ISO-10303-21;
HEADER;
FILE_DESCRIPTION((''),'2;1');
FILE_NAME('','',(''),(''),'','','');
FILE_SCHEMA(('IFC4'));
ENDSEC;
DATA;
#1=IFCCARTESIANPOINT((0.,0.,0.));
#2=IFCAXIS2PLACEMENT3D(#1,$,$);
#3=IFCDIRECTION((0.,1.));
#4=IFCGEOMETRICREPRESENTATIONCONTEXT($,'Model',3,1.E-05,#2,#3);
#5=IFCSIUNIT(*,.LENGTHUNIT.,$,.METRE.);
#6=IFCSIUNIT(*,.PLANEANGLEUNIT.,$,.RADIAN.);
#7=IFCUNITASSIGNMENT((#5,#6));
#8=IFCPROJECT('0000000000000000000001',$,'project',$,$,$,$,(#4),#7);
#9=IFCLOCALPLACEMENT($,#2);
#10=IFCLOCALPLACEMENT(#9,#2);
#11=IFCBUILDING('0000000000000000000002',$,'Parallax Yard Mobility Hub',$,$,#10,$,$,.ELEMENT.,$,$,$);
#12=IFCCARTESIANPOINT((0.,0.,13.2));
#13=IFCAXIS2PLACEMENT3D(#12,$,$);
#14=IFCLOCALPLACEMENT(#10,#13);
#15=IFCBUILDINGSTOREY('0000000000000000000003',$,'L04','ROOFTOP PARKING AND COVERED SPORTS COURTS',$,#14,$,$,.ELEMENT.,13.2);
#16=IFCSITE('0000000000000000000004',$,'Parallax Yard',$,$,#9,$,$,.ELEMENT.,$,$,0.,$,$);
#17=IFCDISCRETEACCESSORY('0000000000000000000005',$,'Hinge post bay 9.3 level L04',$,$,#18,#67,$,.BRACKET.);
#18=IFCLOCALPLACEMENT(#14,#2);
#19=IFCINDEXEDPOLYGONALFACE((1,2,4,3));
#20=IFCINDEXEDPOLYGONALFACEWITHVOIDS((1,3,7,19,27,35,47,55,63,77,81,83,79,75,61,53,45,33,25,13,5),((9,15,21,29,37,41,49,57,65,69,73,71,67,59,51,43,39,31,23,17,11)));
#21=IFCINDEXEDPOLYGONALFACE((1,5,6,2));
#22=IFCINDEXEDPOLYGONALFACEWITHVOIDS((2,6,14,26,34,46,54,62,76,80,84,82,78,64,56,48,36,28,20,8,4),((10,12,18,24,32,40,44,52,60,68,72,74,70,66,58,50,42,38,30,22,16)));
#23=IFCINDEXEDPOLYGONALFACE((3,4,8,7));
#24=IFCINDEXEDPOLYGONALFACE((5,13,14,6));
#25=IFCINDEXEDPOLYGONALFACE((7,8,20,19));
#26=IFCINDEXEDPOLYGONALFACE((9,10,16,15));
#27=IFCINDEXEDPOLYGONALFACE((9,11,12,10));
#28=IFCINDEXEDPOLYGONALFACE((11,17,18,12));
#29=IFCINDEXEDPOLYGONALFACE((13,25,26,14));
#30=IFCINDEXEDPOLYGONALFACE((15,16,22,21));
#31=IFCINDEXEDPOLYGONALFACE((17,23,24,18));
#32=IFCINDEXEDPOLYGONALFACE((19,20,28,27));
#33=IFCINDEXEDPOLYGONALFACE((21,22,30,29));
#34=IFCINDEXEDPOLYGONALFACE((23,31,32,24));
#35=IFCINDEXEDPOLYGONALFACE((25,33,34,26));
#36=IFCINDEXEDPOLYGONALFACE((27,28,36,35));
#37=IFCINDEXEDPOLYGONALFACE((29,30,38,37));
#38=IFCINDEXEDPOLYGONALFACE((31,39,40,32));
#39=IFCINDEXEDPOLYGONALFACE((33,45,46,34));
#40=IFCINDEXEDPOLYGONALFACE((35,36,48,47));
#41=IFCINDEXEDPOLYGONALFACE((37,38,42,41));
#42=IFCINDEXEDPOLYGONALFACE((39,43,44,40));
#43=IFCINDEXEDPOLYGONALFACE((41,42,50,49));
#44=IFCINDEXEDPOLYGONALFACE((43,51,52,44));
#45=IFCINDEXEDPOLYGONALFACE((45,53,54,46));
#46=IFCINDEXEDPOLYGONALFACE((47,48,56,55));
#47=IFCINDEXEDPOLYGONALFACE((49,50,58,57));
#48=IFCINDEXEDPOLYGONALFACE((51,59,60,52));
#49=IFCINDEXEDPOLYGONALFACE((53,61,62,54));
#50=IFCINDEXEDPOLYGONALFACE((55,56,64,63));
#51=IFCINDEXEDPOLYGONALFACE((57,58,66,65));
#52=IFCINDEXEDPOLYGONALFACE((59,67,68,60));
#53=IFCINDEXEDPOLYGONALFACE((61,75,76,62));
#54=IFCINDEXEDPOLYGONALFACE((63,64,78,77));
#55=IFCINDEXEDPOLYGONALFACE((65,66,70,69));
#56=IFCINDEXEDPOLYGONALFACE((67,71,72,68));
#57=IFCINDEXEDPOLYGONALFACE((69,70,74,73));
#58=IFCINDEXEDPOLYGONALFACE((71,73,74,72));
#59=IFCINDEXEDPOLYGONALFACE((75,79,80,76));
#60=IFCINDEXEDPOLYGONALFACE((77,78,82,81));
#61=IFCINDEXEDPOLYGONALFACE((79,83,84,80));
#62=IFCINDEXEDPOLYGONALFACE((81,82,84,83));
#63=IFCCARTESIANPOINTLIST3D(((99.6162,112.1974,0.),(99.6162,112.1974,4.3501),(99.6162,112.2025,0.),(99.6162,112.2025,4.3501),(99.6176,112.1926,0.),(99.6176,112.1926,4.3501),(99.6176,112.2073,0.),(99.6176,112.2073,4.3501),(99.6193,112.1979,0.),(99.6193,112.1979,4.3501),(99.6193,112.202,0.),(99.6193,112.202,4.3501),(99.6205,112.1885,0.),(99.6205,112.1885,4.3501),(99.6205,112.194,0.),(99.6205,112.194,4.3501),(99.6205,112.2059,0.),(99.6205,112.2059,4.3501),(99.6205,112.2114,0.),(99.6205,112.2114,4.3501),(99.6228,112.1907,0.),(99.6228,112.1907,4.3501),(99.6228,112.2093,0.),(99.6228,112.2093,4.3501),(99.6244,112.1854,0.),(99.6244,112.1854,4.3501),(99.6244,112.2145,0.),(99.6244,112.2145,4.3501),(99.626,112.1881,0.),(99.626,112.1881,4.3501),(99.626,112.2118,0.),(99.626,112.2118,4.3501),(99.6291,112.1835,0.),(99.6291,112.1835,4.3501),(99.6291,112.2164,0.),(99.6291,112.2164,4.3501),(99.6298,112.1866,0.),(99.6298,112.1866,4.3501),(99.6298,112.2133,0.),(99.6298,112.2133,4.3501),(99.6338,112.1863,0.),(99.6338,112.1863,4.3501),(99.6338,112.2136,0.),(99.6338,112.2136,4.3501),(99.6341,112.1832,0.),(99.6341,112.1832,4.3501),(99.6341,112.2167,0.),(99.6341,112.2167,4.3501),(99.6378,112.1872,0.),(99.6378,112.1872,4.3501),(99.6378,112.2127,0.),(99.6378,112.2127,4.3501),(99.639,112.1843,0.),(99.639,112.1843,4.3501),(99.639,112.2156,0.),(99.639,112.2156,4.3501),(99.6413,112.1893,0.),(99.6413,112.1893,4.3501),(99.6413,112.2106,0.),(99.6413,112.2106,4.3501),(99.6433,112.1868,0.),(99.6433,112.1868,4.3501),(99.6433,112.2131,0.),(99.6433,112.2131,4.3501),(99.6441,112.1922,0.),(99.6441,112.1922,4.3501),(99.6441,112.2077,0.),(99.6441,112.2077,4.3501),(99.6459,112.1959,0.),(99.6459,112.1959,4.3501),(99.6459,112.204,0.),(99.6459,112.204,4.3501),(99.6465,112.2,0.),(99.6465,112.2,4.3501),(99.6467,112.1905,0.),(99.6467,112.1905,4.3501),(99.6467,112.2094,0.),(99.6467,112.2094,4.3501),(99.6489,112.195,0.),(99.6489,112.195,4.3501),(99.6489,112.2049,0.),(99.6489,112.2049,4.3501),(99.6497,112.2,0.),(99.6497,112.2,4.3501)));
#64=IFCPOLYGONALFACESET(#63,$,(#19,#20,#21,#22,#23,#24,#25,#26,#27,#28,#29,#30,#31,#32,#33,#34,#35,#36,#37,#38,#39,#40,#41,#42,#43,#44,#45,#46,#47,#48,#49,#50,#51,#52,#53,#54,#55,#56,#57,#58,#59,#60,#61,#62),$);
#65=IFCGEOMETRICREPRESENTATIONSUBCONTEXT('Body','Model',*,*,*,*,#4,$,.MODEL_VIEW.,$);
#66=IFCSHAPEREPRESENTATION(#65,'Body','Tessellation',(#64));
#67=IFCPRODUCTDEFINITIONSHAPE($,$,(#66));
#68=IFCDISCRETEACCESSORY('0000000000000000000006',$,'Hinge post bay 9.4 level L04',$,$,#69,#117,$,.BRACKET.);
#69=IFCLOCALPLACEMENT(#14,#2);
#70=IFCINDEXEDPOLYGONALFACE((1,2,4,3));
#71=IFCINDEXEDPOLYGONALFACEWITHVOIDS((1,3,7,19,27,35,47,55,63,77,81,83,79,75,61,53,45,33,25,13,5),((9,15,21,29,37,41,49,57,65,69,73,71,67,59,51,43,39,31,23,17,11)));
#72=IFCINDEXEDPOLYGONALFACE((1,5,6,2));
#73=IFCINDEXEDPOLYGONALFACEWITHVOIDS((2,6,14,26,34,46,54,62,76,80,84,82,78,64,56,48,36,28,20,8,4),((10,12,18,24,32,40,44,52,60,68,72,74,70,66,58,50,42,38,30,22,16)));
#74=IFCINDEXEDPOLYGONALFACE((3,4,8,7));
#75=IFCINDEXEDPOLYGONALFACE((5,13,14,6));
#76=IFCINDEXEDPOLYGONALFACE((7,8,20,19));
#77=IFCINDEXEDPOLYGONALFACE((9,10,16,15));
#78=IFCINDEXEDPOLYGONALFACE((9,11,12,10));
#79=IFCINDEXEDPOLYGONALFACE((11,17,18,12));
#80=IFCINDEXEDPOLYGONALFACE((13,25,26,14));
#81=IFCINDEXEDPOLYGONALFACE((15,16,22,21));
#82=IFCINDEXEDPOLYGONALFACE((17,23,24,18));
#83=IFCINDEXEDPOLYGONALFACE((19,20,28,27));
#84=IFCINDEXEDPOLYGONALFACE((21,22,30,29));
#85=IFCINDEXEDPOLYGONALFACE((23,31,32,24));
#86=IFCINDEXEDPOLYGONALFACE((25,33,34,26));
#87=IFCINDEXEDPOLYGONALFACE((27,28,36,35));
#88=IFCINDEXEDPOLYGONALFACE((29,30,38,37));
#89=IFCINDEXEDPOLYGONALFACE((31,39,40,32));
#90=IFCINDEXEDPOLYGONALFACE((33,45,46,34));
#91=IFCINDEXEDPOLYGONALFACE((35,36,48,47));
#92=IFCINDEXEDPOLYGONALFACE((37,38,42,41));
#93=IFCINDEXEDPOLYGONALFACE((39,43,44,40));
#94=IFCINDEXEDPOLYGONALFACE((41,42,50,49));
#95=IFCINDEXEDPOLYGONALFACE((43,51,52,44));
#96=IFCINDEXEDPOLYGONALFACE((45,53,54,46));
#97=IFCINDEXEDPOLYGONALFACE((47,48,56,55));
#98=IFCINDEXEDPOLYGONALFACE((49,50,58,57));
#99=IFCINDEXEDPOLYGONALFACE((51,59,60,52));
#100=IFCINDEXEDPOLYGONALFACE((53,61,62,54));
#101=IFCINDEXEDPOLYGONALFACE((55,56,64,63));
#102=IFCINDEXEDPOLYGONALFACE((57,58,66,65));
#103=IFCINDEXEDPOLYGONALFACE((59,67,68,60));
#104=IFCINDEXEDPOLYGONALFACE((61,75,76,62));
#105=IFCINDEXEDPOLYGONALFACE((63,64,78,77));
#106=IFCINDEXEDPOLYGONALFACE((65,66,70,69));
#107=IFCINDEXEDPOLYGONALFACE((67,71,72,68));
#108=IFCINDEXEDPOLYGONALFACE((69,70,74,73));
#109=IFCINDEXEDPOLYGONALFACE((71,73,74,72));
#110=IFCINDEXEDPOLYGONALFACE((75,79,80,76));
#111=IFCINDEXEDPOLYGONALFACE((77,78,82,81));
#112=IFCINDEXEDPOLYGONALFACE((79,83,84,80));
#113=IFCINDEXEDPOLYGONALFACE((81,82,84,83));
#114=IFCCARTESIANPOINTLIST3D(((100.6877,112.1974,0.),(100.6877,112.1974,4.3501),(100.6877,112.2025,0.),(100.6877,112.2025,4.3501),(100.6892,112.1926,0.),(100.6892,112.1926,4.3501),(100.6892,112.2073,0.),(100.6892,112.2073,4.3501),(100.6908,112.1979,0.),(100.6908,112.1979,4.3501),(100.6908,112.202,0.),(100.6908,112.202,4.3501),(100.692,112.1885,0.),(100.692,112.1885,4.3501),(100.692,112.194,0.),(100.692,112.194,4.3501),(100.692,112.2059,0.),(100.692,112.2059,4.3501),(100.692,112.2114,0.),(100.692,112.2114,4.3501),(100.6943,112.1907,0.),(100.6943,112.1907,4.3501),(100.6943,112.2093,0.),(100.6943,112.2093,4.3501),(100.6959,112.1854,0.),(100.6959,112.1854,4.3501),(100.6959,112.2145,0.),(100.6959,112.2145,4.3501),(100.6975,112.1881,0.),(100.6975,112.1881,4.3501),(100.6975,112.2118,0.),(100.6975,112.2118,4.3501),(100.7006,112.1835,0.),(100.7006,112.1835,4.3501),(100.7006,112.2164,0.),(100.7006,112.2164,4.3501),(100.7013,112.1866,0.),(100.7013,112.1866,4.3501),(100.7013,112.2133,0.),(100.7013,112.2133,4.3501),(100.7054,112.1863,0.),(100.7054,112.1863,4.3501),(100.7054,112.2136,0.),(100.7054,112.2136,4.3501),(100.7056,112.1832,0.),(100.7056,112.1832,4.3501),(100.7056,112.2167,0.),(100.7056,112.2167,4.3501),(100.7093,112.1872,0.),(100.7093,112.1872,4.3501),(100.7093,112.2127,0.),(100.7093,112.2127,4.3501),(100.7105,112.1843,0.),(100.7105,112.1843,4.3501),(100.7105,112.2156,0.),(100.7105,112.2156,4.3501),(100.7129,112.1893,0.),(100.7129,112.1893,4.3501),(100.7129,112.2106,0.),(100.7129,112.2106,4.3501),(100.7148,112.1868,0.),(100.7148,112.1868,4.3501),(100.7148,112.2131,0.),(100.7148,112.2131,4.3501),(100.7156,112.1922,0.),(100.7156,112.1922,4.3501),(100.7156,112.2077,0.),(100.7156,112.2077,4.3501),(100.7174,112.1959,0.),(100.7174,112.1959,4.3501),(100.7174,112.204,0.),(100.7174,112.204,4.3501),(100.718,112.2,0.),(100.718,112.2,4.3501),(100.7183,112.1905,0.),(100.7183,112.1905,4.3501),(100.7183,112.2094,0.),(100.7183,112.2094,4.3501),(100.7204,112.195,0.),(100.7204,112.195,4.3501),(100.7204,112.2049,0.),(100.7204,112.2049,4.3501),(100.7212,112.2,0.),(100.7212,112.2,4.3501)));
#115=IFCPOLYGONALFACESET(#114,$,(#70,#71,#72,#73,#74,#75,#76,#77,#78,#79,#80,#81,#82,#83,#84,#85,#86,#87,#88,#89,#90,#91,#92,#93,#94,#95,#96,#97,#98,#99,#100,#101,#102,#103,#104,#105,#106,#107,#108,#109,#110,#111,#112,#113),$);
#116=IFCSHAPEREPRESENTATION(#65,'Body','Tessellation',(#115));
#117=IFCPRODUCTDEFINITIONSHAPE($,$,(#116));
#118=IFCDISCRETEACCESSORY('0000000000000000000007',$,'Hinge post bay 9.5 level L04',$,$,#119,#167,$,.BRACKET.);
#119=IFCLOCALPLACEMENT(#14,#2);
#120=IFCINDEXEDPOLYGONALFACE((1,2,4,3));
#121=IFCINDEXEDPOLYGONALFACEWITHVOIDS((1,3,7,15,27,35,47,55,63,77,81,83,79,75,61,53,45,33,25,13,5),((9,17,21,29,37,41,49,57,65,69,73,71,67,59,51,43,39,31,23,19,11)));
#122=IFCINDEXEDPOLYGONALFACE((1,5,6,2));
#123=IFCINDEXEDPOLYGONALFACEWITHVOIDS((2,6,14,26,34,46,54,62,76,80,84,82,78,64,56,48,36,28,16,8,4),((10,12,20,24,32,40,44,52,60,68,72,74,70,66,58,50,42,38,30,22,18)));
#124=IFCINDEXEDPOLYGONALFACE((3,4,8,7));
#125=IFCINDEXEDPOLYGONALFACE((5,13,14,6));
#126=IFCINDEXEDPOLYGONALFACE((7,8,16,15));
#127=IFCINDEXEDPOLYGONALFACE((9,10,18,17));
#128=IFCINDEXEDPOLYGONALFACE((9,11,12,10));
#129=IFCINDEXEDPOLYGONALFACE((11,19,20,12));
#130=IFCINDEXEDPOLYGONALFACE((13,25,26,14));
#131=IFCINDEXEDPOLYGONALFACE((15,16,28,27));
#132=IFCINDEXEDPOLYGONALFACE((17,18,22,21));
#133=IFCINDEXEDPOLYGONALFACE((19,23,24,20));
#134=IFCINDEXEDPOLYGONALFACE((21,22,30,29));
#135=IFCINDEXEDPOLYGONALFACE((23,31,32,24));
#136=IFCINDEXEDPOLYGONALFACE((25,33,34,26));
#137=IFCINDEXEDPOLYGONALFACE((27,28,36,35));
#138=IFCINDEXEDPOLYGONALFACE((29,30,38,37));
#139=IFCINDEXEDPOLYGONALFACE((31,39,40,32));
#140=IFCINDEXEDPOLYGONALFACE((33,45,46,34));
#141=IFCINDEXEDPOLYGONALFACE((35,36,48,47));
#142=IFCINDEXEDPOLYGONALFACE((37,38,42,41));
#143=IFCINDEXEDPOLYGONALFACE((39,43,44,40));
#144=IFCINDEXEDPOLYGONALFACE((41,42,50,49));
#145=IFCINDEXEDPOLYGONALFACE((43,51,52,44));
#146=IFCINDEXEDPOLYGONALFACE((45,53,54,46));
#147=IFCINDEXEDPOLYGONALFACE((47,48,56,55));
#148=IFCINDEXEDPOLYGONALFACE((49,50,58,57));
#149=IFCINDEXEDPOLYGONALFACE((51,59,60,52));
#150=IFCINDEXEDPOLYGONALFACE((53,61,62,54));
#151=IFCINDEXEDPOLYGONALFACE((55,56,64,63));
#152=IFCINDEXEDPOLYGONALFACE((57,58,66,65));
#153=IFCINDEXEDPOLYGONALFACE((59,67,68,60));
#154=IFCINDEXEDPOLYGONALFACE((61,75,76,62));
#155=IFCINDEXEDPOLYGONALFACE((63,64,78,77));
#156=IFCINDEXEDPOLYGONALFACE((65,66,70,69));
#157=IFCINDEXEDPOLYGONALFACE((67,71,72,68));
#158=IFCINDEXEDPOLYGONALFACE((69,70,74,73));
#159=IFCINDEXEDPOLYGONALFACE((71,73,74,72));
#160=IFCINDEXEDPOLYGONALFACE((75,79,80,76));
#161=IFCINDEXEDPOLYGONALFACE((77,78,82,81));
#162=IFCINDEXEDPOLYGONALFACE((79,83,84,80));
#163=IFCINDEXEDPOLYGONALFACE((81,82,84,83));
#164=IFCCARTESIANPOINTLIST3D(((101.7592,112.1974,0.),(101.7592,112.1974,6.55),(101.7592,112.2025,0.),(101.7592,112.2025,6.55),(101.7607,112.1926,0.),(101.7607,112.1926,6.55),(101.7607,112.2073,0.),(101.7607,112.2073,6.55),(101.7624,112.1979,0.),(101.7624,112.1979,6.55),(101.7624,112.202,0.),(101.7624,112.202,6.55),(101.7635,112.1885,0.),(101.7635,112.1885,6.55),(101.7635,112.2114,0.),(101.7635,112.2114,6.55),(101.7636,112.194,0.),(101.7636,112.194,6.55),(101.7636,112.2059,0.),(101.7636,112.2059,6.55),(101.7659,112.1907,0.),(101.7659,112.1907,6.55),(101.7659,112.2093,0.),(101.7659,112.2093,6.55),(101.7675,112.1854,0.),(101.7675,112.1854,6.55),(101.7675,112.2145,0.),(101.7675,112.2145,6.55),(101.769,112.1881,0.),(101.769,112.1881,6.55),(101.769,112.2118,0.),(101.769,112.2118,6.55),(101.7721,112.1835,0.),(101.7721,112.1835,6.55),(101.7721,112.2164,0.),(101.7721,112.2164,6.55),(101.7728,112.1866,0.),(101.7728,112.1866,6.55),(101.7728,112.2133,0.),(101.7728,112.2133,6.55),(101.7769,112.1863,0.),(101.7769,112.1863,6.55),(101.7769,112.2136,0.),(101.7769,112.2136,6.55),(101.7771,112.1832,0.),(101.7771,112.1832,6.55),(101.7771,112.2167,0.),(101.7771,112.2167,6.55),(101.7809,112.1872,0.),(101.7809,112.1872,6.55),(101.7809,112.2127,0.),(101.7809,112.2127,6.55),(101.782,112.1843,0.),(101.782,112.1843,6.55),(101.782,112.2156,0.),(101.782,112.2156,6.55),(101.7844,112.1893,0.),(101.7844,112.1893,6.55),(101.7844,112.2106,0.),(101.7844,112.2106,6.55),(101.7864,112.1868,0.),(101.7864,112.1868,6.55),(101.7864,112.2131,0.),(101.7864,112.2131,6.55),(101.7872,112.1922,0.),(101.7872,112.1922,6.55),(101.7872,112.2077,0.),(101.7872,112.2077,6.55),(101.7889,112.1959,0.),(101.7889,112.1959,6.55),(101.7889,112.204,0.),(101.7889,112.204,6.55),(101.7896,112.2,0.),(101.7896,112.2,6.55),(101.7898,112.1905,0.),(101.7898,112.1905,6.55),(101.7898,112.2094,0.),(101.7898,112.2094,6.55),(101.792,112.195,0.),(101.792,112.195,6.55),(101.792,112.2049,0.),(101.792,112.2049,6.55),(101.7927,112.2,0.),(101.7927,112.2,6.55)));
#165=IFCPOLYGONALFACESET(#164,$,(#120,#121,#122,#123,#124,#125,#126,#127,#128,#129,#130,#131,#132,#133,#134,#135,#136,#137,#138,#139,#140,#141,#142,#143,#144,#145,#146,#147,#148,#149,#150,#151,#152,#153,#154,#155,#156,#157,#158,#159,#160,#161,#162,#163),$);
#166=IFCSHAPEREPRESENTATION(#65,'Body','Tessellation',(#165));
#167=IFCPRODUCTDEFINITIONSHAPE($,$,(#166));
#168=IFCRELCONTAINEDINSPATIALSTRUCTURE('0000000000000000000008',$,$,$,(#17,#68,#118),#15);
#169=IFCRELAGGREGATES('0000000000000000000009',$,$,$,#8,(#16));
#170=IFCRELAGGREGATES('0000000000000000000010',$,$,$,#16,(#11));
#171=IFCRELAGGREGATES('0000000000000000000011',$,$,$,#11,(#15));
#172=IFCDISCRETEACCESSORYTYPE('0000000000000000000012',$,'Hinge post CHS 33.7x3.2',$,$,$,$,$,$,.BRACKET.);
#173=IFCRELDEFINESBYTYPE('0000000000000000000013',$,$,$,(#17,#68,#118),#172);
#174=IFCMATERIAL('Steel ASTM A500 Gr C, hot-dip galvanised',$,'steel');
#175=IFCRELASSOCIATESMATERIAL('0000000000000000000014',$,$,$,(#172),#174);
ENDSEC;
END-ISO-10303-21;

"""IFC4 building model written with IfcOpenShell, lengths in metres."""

from ifc_helpers import new_model, si_unit, direction, frame, origin, origin_2d, place, context, subcontext, project, spatial, hollow_circle, extrude, material, material_profile, profile_set, type_object, element, save


model = new_model("IFC4")

# Units and contexts
model_context = context("Model", 3, precision=1e-05, world=origin(), true_north=direction((0.0, 1.0)))
body_context = subcontext(model_context, "Body", "Model", "MODEL_VIEW")
ifc_project = project(units=[si_unit("LENGTHUNIT", "METRE"), si_unit("PLANEANGLEUNIT", "RADIAN")], contexts=[model_context])

# Site, building, storey
site_placement = place(None, origin())
site = spatial("IfcSite", under=ifc_project, at=site_placement, Name="Parallax Yard", CompositionType="ELEMENT", RefElevation=0.0)
building_placement = place(site_placement, origin())
building = spatial("IfcBuilding", under=site, at=building_placement, Name="Parallax Yard Mobility Hub", CompositionType="ELEMENT")
storey_placement = place(building_placement, frame((0.0, 0.0, 13.2)))
storey = spatial("IfcBuildingStorey", under=building, at=storey_placement, Name="L04", Description="ROOFTOP PARKING AND COVERED SPORTS COURTS", CompositionType="ELEMENT", Elevation=13.2)

# Discrete accessories
ifc_material_1 = material(Name="Steel ASTM A500 Gr C, hot-dip galvanised", Category="steel")
ifc_material_profile_1 = material_profile(ifc_material_1, hollow_circle(Radius=0.0168, WallThickness=0.0032, at=origin_2d()), Name="CHS 33.7x3.2")
ifc_profile_set_1 = profile_set([ifc_material_profile_1], Name="Steel ASTM A500 Gr C, hot-dip galvanised")
discrete_accessory_type_1 = type_object("IfcDiscreteAccessoryType", Name="Hinge post CHS 33.7x3.2", PredefinedType="BRACKET", material=ifc_profile_set_1)
for number, where, z_axis, x_axis, name in (
    (1, (99.6328, 112.2, 0.0), (0.0, 0.0, 1.0), (1.0, 0.0, 0.0), "Hinge post bay 9.3 level L04"),
    (2, (100.7043, 112.2, 0.0), (0.0, 0.0, 1.0), (1.0, 0.0, 0.0), "Hinge post bay 9.4 level L04"),
):
    element("IfcDiscreteAccessory", number, at=place(storey_placement, frame(where, z_axis=z_axis, x_axis=x_axis)), inside=storey, type_object=discrete_accessory_type_1, Name=name, PredefinedType="BRACKET", context=body_context, shape_type="SweptSolid", body=[
        extrude(hollow_circle(Radius=0.0168, WallThickness=0.0032, at=origin_2d()), origin(), (0.0, 0.0, 1.0), 4.3501),
    ])
discrete_accessory_1_placement = place(storey_placement, frame((101.7759, 112.2, 0.0), z_axis=(0.0, 0.0, 1.0), x_axis=(1.0, 0.0, 0.0)))
element("IfcDiscreteAccessory", 3, at=discrete_accessory_1_placement, inside=storey, type_object=discrete_accessory_type_1, Name="Hinge post bay 9.5 level L04", PredefinedType="BRACKET", context=body_context, shape_type="SweptSolid", body=[
    extrude(hollow_circle(Radius=0.0168, WallThickness=0.0032, at=origin_2d()), origin(), (0.0, 0.0, 1.0), 6.55),
])

save(model, "model.ifc")
